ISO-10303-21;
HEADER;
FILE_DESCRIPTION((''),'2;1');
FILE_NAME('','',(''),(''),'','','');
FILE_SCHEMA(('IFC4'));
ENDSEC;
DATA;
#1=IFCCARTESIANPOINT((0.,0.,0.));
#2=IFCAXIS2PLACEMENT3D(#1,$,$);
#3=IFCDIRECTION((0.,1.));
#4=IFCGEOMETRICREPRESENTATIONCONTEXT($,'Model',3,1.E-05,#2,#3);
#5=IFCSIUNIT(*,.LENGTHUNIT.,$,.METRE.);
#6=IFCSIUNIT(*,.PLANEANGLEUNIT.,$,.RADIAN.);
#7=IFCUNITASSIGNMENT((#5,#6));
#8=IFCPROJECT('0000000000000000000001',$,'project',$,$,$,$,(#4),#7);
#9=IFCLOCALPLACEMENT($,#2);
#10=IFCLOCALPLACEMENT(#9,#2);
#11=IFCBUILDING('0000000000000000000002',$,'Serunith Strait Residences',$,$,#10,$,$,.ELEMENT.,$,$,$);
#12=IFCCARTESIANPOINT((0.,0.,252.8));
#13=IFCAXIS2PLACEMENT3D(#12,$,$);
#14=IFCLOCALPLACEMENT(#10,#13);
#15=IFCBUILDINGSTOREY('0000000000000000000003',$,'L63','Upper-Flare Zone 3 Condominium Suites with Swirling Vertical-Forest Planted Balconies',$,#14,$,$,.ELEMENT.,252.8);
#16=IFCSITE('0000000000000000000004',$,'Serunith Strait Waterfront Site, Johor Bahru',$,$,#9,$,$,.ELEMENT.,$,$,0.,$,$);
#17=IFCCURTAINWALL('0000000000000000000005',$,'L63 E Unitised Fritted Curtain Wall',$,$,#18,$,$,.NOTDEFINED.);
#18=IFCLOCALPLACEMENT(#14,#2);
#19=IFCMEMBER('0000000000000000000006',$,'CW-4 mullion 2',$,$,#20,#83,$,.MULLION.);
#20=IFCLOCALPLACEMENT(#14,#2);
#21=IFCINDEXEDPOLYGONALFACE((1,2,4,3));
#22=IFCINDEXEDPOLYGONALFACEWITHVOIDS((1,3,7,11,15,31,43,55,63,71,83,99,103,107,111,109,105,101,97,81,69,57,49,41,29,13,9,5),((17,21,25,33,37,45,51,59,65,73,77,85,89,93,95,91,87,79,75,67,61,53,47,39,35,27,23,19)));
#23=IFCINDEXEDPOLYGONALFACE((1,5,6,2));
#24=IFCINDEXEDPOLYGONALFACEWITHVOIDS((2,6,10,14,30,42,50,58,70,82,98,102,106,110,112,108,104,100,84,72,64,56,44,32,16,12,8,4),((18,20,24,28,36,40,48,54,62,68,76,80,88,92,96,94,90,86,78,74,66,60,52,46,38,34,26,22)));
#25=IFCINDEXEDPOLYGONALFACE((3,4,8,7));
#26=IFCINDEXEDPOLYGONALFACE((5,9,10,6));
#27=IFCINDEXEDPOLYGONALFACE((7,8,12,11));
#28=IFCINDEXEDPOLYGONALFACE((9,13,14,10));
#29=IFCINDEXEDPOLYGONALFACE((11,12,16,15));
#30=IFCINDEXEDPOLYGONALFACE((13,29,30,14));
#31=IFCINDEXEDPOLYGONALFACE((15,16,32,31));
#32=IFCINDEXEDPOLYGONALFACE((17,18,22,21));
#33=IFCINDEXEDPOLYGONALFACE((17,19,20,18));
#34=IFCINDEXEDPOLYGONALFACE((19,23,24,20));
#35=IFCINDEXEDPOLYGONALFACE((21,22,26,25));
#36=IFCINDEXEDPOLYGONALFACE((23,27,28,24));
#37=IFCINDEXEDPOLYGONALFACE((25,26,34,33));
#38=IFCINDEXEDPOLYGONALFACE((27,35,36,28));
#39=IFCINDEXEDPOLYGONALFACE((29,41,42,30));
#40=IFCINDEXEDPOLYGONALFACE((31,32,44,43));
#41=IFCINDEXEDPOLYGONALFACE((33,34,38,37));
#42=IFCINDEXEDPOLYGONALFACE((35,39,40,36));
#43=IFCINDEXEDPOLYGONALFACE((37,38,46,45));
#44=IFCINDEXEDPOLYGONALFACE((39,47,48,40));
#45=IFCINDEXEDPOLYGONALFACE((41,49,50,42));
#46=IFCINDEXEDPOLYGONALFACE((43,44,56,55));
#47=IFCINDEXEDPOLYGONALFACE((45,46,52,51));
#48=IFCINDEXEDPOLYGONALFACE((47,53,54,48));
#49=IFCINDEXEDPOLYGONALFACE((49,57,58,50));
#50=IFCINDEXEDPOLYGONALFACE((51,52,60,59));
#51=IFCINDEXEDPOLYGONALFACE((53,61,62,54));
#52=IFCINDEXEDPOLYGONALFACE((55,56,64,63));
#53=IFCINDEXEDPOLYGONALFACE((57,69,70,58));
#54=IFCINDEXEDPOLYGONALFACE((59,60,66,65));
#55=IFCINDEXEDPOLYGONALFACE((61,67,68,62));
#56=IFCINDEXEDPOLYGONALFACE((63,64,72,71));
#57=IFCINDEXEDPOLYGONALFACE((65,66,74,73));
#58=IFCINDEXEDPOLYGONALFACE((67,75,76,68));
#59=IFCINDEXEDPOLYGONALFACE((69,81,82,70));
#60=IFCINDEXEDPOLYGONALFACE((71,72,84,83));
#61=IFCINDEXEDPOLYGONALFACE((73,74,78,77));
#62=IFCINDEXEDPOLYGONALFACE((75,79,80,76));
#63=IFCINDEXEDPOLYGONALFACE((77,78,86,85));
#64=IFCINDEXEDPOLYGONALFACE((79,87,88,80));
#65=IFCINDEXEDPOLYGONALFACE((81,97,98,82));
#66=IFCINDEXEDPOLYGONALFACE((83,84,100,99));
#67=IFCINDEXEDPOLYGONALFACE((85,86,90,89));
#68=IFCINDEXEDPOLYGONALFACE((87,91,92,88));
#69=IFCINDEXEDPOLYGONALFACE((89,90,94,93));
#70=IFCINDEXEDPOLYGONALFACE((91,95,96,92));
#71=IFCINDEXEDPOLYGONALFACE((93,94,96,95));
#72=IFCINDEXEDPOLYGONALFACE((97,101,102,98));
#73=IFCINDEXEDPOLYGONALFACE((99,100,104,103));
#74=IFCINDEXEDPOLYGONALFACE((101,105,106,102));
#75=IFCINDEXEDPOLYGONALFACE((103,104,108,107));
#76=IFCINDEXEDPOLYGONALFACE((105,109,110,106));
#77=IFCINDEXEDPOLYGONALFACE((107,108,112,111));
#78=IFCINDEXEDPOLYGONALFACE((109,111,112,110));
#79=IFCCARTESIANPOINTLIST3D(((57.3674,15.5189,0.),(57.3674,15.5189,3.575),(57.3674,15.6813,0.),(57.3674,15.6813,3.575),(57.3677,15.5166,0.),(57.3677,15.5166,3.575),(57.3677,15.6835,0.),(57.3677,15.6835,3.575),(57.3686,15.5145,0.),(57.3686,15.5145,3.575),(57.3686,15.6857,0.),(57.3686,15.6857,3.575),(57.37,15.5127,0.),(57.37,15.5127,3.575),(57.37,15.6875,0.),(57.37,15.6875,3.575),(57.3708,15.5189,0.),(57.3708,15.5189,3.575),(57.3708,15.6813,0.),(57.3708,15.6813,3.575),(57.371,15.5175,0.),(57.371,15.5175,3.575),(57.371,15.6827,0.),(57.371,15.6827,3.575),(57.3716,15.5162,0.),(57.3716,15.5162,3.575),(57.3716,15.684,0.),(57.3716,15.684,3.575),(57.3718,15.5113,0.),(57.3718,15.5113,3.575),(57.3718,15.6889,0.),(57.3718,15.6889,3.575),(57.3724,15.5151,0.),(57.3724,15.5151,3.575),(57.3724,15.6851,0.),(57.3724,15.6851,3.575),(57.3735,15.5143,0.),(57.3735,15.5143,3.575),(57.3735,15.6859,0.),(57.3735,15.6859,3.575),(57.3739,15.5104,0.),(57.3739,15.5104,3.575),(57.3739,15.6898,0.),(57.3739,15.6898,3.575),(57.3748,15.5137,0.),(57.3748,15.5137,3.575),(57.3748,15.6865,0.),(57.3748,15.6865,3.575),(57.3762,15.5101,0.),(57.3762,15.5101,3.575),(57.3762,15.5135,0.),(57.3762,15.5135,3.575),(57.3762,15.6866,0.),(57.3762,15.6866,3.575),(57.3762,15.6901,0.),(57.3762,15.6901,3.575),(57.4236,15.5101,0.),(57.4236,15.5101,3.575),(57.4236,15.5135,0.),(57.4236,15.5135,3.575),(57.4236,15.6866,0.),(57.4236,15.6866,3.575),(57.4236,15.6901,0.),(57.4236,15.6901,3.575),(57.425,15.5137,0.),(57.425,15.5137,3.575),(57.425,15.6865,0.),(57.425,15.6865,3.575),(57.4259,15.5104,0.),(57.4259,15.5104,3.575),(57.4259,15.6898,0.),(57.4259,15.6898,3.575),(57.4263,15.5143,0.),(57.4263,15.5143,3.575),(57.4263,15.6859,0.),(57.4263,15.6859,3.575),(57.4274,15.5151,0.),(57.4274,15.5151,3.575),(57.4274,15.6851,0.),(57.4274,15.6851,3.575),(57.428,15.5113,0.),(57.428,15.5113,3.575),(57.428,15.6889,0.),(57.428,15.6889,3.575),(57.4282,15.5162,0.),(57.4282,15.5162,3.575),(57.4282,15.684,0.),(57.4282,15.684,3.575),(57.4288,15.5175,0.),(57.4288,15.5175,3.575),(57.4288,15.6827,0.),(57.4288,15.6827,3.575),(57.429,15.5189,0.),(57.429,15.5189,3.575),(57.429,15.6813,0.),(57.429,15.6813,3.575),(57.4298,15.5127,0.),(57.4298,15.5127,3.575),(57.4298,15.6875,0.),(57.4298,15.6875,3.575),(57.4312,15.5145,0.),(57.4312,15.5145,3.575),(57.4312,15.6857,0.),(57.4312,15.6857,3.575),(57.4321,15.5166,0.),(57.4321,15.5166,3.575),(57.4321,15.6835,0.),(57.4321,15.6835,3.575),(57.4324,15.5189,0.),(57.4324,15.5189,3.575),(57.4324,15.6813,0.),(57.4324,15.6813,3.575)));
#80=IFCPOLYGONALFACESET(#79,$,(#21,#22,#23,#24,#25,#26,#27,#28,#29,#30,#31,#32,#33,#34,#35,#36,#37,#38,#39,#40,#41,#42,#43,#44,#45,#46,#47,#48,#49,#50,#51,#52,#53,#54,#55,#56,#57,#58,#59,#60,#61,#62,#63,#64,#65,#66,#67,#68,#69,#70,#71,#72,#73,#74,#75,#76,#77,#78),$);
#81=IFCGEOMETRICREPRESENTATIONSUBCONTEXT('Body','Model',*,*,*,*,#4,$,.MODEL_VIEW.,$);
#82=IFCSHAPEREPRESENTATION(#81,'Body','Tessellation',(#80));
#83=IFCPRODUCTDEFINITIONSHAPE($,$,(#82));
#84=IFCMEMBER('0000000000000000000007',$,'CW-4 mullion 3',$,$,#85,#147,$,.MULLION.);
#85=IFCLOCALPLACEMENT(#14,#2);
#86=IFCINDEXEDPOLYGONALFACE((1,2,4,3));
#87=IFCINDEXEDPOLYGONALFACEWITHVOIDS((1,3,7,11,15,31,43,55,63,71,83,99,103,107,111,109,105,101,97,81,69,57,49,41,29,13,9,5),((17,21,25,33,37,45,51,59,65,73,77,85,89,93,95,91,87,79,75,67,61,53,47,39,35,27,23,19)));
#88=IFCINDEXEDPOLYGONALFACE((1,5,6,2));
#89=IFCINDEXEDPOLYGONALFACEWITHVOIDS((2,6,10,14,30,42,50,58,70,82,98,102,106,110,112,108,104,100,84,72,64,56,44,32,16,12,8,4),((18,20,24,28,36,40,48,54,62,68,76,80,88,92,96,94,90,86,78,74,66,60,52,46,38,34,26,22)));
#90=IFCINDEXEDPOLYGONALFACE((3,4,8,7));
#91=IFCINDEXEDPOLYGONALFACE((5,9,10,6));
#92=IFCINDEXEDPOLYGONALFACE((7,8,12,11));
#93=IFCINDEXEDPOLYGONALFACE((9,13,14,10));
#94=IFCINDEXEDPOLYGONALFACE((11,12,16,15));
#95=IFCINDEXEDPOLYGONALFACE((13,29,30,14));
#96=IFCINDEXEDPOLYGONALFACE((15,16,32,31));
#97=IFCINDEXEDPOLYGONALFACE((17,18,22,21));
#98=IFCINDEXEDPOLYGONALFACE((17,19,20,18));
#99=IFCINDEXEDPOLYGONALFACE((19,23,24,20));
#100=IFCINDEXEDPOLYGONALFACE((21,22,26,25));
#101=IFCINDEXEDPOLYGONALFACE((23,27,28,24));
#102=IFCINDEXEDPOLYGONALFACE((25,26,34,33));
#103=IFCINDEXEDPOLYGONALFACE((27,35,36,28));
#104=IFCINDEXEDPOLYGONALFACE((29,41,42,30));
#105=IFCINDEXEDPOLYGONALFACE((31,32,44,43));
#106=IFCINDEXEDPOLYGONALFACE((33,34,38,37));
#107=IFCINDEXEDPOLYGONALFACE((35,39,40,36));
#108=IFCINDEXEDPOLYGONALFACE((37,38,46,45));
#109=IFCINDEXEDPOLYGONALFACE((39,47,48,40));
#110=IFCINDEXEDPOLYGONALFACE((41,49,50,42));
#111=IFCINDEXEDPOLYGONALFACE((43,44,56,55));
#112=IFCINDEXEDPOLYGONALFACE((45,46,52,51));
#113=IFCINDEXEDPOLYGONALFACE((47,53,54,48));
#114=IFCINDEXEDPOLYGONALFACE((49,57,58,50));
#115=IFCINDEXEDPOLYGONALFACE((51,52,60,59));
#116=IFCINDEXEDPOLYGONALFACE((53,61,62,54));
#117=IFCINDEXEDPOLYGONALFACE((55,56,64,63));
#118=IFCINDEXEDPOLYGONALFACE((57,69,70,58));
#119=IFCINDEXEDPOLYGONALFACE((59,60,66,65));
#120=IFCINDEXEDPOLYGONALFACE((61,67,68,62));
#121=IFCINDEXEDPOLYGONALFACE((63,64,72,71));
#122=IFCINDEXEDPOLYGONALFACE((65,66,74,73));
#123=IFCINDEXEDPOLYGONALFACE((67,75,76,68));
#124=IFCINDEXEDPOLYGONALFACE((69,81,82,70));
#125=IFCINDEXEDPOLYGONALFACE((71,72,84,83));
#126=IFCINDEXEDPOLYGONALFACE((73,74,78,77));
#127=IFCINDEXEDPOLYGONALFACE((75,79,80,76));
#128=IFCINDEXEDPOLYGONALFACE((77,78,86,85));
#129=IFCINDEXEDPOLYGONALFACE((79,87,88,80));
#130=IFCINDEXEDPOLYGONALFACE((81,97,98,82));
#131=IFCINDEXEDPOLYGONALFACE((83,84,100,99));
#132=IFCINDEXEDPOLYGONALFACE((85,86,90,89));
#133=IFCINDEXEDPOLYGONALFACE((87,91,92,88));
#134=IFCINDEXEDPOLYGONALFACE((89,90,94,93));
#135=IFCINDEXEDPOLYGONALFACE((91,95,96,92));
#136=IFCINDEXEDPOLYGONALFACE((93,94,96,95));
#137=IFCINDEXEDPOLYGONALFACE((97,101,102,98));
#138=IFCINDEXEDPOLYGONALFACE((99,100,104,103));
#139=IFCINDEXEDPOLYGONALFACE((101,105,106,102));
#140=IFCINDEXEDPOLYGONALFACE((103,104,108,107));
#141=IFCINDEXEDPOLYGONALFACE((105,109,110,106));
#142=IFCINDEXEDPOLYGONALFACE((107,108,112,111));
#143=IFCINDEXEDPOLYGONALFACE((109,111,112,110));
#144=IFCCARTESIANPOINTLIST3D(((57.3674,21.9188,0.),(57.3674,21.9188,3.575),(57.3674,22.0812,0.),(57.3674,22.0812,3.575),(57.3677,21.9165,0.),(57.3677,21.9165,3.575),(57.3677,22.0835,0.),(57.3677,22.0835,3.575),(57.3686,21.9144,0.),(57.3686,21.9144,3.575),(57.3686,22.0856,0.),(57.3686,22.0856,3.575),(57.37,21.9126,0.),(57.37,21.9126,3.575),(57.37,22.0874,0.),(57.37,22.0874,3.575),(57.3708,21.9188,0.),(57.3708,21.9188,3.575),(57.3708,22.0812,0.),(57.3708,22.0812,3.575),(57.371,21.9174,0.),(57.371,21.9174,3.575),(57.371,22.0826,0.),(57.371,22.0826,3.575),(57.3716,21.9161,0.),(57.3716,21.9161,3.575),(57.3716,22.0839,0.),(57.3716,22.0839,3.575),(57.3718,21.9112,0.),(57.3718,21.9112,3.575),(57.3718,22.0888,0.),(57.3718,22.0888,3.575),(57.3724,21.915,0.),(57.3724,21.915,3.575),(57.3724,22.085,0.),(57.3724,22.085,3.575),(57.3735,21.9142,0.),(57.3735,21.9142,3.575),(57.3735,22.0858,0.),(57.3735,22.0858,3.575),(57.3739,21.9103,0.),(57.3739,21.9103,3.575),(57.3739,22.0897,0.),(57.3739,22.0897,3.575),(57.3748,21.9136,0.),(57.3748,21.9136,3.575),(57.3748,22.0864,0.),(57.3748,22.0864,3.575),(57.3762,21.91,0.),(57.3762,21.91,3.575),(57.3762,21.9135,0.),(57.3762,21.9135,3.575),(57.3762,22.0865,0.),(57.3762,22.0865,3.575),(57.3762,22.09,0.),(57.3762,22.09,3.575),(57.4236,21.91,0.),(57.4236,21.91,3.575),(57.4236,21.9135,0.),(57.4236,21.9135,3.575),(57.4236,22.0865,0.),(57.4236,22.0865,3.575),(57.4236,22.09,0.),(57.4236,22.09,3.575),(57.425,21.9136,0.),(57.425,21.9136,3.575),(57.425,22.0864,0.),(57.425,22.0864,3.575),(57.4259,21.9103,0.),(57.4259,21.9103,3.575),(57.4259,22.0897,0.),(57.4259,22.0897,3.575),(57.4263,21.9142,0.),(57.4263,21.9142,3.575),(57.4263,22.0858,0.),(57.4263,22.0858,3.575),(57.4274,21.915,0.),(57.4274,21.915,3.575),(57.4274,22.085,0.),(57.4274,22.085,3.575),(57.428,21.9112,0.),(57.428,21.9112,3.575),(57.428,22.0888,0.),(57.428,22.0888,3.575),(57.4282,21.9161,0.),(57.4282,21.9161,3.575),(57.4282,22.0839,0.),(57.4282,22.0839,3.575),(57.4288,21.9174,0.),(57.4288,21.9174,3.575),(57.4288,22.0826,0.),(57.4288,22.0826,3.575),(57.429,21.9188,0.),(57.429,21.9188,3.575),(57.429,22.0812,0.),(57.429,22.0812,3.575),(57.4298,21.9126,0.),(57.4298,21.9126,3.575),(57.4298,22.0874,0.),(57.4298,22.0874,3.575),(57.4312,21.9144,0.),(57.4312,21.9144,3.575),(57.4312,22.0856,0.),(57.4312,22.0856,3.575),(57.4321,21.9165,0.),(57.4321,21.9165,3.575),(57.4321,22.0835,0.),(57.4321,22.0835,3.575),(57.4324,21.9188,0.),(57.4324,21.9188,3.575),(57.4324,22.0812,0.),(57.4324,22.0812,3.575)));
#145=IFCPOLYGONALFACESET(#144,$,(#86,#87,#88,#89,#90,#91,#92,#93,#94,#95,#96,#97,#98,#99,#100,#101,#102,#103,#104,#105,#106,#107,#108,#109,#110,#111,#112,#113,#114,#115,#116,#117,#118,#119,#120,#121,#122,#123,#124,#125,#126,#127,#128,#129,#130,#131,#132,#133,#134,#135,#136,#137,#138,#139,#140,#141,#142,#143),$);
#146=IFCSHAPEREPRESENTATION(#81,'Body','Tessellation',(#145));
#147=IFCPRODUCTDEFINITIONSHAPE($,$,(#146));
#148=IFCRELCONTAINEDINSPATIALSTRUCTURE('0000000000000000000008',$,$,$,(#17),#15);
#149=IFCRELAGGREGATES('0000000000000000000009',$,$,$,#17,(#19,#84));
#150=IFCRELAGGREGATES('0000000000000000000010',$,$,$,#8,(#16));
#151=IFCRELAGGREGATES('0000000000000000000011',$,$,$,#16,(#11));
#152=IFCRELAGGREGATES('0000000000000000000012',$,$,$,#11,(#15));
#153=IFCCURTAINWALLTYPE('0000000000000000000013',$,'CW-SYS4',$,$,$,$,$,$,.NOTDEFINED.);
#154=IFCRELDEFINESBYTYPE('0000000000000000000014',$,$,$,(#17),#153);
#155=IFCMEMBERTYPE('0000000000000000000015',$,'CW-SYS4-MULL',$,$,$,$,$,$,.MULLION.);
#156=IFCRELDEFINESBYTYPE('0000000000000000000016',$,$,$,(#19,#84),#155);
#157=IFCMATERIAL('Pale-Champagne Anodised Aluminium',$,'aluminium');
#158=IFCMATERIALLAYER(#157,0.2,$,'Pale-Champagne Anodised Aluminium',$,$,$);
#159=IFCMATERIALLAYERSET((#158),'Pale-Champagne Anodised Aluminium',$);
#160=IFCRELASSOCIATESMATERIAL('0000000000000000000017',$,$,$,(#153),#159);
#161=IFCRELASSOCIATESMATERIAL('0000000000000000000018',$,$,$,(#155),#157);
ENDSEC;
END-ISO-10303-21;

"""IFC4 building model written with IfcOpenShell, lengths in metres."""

from ifc_helpers import new_model, si_unit, direction, frame, origin, origin_2d, place, context, subcontext, project, spatial, hollow_rectangle, extrude, source, transform, mapped, material, layer, layer_set, material_profile, profile_set, type_object, element, aggregate, save


model = new_model("IFC4")

# Units and contexts
model_context = context("Model", 3, precision=1e-05, world=origin(), true_north=direction((0.0, 1.0)))
body_context = subcontext(model_context, "Body", "Model", "MODEL_VIEW")
ifc_project = project(units=[si_unit("LENGTHUNIT", "METRE"), si_unit("PLANEANGLEUNIT", "RADIAN")], contexts=[model_context])

# Site, building, storey
site_placement = place(None, origin())
site = spatial("IfcSite", under=ifc_project, at=site_placement, Name="Serunith Strait Waterfront Site, Johor Bahru", CompositionType="ELEMENT", RefElevation=0.0)
building_placement = place(site_placement, origin())
building = spatial("IfcBuilding", under=site, at=building_placement, Name="Serunith Strait Residences", CompositionType="ELEMENT")
storey_placement = place(building_placement, frame((0.0, 0.0, 252.8)))
storey = spatial("IfcBuildingStorey", under=building, at=storey_placement, Name="L63", Description="Upper-Flare Zone 3 Condominium Suites with Swirling Vertical-Forest Planted Balconies", CompositionType="ELEMENT", Elevation=252.8)

# Curtain wall, members
ifc_material_1 = material(Name="Pale-Champagne Anodised Aluminium", Category="aluminium")
ifc_layer_1 = layer(ifc_material_1, 0.2, Name="Pale-Champagne Anodised Aluminium")
ifc_layer_set_1 = layer_set([ifc_layer_1], Name="Pale-Champagne Anodised Aluminium")
curtain_wall_type = type_object("IfcCurtainWallType", Name="CW-SYS4", PredefinedType="NOTDEFINED", material=ifc_layer_set_1)
curtain_wall_placement = place(storey_placement, origin())
curtain_wall = element("IfcCurtainWall", 1, at=curtain_wall_placement, inside=storey, type_object=curtain_wall_type, Name="L63 E Unitised Fritted Curtain Wall", PredefinedType="NOTDEFINED")
ifc_material_profile_1 = material_profile(ifc_material_1, hollow_rectangle(XDim=0.0649, YDim=0.1799, WallThickness=0.0034, InnerFilletRadius=0.0054, OuterFilletRadius=0.0088, at=origin_2d()), Name="ALU 180x65x3.5")
ifc_profile_set_1 = profile_set([ifc_material_profile_1], Name="Pale-Champagne Anodised Aluminium")
member_type_1 = type_object("IfcMemberType", Name="CW-SYS4-MULL", PredefinedType="MULLION", material=ifc_profile_set_1)
shared_shape_1 = source(origin(), body_context, "Body", "SweptSolid", [
    extrude(hollow_rectangle(XDim=0.0649, YDim=0.1799, WallThickness=0.0034, InnerFilletRadius=0.0054, OuterFilletRadius=0.0088, at=origin_2d()), origin(), (0.0, 0.0, 1.0), 3.575),
])
member_1_placement = place(storey_placement, frame((57.3999, 15.6001, 0.0), z_axis=(0.0, 0.0, 1.0), x_axis=(-1.0, 0.0, 0.0)))
member_1 = element("IfcMember", 2, at=member_1_placement, type_object=member_type_1, Name="CW-4 mullion 2", PredefinedType="MULLION", context=body_context, shape_type="MappedRepresentation", body=[
    mapped(shared_shape_1, transform((0.0, 0.0, 0.0), scale=1.0)),
])
member_2_placement = place(storey_placement, frame((57.3999, 22.0, 0.0), z_axis=(0.0, 0.0, 1.0), x_axis=(-1.0, 0.0, 0.0)))
member_2 = element("IfcMember", 3, at=member_2_placement, type_object=member_type_1, Name="CW-4 mullion 3", PredefinedType="MULLION", context=body_context, shape_type="MappedRepresentation", body=[
    mapped(shared_shape_1, transform((0.0, 0.0, 0.0), scale=1.0)),
])
aggregate(curtain_wall, [member_1, member_2])

save(model, "model.ifc")
